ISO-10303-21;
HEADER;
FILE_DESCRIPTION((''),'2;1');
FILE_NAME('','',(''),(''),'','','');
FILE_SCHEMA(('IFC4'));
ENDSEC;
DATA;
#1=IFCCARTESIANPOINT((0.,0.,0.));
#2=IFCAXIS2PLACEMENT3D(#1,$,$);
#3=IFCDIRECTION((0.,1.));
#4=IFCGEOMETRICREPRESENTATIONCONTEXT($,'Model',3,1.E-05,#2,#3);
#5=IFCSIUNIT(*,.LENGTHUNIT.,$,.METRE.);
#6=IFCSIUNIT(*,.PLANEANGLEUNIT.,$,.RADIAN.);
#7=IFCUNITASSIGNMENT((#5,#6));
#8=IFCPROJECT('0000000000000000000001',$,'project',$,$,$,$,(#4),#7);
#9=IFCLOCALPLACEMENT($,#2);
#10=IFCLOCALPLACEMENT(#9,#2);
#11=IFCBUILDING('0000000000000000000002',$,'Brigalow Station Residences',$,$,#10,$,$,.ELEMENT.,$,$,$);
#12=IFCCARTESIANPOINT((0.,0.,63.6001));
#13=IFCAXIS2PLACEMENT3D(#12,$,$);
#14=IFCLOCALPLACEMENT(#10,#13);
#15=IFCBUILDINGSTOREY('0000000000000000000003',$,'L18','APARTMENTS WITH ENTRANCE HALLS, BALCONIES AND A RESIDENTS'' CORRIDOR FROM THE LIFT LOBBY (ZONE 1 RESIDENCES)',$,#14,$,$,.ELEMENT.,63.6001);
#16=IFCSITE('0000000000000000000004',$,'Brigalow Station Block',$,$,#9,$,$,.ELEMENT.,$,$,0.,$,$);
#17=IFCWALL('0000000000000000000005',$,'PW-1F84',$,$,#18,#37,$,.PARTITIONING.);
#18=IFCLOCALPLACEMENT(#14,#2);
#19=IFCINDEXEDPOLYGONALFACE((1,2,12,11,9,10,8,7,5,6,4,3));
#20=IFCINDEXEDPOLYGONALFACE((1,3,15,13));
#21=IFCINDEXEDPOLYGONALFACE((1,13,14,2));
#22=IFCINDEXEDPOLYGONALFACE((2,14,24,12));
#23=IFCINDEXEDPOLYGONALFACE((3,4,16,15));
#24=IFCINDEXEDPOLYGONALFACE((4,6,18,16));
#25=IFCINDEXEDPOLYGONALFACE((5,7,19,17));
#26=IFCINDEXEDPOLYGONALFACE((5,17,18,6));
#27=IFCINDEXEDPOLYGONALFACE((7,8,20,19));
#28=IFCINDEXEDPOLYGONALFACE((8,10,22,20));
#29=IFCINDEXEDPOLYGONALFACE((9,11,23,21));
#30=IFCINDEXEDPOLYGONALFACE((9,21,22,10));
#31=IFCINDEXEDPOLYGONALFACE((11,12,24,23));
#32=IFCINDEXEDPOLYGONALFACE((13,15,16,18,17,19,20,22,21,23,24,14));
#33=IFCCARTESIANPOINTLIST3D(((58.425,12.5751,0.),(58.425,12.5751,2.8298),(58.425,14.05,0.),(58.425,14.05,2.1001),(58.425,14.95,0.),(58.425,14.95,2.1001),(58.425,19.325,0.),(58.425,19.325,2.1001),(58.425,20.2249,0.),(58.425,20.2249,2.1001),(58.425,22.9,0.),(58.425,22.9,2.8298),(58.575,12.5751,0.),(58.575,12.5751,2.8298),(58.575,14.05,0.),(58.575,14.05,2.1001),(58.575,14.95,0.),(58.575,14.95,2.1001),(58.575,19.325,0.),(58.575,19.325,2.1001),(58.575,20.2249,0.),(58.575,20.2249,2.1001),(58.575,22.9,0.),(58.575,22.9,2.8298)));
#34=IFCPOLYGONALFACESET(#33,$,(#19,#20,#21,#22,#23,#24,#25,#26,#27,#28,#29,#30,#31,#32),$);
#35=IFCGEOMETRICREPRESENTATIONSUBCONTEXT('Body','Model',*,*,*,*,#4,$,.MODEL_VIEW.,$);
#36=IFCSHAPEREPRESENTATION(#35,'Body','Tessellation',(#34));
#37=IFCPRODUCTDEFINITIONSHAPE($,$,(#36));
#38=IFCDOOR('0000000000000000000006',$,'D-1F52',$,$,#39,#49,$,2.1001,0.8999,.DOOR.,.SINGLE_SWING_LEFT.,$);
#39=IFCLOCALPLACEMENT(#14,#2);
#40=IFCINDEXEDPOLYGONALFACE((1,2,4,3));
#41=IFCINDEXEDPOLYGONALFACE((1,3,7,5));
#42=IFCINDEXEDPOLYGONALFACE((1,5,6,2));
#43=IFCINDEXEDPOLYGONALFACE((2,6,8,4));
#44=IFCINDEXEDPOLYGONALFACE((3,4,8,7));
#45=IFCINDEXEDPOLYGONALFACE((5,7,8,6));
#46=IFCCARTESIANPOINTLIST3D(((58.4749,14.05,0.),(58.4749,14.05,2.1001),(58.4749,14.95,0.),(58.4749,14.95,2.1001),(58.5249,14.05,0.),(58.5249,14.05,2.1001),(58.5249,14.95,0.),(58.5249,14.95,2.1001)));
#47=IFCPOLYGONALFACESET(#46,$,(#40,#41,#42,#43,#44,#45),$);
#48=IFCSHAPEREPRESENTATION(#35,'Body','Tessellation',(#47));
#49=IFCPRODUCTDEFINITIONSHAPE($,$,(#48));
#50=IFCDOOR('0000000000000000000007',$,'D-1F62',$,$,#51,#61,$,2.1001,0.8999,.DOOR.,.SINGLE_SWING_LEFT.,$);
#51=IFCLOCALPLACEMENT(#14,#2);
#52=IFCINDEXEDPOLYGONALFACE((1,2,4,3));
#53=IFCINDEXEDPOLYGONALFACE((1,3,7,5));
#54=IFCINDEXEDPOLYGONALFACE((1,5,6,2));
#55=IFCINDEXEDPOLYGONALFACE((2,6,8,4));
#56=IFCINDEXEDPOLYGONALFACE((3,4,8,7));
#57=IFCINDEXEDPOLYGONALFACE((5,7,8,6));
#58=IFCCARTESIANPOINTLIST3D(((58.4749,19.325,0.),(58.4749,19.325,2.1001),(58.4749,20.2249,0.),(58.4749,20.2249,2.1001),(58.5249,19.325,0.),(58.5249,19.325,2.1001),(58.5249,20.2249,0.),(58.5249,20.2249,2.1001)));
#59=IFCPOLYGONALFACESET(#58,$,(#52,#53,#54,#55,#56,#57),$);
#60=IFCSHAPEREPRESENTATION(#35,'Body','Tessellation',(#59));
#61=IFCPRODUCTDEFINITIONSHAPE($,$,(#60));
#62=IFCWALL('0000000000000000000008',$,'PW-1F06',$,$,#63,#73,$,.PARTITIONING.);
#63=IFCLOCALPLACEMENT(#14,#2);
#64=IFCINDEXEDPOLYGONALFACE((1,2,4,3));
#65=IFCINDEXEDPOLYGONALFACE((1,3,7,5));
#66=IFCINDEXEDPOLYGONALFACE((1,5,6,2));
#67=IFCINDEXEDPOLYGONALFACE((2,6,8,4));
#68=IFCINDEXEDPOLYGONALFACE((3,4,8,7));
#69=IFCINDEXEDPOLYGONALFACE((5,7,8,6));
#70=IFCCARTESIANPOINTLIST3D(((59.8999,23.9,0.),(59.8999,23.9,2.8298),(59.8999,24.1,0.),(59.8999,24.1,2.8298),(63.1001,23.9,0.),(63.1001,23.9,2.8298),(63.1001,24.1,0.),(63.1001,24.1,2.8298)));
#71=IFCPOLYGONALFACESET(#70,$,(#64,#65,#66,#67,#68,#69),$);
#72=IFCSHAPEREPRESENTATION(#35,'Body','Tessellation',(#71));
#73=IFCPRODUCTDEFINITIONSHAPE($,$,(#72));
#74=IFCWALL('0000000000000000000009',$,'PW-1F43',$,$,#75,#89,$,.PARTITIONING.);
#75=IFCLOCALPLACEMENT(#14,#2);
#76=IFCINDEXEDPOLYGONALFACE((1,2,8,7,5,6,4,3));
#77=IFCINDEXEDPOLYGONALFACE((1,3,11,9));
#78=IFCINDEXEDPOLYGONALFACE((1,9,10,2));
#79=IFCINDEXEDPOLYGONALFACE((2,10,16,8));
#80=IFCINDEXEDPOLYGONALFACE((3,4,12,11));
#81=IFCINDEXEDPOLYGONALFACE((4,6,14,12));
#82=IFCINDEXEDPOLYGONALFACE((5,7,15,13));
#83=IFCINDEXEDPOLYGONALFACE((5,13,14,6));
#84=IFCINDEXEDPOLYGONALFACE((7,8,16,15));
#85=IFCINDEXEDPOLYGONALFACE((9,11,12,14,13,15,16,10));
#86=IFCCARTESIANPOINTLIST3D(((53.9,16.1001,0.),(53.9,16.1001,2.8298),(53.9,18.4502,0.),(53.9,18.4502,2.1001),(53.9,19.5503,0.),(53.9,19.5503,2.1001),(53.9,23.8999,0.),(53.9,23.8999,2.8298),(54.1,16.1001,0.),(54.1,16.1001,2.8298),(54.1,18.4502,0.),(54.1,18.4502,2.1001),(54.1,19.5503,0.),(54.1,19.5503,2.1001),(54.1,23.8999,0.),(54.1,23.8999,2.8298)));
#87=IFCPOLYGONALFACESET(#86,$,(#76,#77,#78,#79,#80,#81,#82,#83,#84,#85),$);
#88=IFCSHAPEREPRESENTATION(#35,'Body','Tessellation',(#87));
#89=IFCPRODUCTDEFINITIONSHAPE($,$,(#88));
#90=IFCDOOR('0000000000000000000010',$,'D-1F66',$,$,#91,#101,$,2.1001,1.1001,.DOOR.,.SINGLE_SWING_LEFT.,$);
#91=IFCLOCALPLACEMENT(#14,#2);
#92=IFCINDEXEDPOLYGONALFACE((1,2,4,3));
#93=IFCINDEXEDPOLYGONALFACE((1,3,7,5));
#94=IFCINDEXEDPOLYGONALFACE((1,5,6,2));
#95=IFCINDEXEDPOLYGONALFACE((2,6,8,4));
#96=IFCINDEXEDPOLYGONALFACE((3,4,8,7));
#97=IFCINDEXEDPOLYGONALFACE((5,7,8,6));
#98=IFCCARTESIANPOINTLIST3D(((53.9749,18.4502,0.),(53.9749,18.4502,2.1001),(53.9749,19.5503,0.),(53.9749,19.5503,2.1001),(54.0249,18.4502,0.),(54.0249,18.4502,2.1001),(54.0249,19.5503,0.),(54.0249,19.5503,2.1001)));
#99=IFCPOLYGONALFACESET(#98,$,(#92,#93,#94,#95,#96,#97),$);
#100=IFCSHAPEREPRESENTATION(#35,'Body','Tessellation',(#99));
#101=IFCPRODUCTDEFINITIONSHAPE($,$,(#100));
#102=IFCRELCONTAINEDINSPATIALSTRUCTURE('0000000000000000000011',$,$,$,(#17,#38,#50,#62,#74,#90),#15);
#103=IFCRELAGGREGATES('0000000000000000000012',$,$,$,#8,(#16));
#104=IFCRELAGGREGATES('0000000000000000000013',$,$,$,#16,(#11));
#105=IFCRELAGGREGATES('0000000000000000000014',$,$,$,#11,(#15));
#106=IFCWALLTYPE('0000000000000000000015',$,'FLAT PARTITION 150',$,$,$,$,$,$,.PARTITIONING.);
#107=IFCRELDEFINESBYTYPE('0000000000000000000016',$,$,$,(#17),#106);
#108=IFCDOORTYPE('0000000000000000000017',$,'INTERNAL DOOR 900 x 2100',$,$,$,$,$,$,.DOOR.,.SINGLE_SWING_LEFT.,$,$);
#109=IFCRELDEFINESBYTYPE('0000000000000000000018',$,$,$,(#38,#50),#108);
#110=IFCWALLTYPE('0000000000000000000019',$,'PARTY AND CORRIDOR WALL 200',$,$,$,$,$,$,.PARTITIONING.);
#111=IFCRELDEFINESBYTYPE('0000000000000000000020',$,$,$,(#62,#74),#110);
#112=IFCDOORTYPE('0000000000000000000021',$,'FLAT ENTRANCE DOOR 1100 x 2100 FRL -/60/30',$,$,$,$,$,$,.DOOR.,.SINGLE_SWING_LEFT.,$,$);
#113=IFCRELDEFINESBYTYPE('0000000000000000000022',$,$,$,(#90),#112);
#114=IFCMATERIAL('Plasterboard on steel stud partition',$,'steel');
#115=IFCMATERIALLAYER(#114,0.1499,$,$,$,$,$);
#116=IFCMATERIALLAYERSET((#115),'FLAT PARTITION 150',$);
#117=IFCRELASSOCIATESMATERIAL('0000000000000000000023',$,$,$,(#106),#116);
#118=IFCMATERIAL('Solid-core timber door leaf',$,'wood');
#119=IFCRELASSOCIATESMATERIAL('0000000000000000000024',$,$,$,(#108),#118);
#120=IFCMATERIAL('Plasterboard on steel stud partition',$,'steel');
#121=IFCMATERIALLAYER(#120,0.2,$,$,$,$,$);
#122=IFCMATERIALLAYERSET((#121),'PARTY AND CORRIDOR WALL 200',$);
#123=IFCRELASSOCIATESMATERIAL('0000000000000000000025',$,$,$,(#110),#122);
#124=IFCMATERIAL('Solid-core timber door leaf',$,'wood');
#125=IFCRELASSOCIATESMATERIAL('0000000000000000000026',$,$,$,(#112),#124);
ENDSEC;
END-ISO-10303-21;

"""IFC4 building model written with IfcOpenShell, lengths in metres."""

from ifc_helpers import new_model, si_unit, direction, frame, frame_2d, origin, place, context, subcontext, project, spatial, rectangle, extrude, material, layer, layer_set, type_object, element, fill, save


model = new_model("IFC4")

# Units and contexts
model_context = context("Model", 3, precision=1e-05, world=origin(), true_north=direction((0.0, 1.0)))
body_context = subcontext(model_context, "Body", "Model", "MODEL_VIEW")
ifc_project = project(units=[si_unit("LENGTHUNIT", "METRE"), si_unit("PLANEANGLEUNIT", "RADIAN")], contexts=[model_context])

# Site, building, storey
site_placement = place(None, origin())
site = spatial("IfcSite", under=ifc_project, at=site_placement, Name="Brigalow Station Block", CompositionType="ELEMENT", RefElevation=0.0)
building_placement = place(site_placement, origin())
building = spatial("IfcBuilding", under=site, at=building_placement, Name="Brigalow Station Residences", CompositionType="ELEMENT")
storey_placement = place(building_placement, frame((0.0, 0.0, 63.6001)))
storey = spatial("IfcBuildingStorey", under=building, at=storey_placement, Name="L18", Description="APARTMENTS WITH ENTRANCE HALLS, BALCONIES AND A RESIDENTS' CORRIDOR FROM THE LIFT LOBBY (ZONE 1 RESIDENCES)", CompositionType="ELEMENT", Elevation=63.6001)

# Shared definitions
ifc_material_1 = material(Name="Plasterboard on steel stud partition", Category="steel")
ifc_layer_1 = layer(ifc_material_1, 0.1499)
ifc_layer_set_1 = layer_set([ifc_layer_1], Name="FLAT PARTITION 150")
wall_type_1 = type_object("IfcWallType", Name="FLAT PARTITION 150", PredefinedType="PARTITIONING", material=ifc_layer_set_1)

# Shared definitions
ifc_material_2 = material(Name="Solid-core timber door leaf", Category="wood")
door_type_1 = type_object("IfcDoorType", Name="INTERNAL DOOR 900 x 2100", OperationType="SINGLE_SWING_LEFT", PredefinedType="DOOR", material=ifc_material_2)

# Wall, openings, doors
wall_1_placement = place(storey_placement, frame((58.5, 12.575, 0.0), z_axis=(0.0, 0.0, 1.0), x_axis=(0.0, 1.0, 0.0)))
wall_1 = element("IfcWall", 1, at=wall_1_placement, inside=storey, type_object=wall_type_1, Name="PW-1F84", PredefinedType="PARTITIONING", context=body_context, shape_type="SweptSolid", body=[
    extrude(rectangle(XDim=10.325, YDim=0.1499, at=frame_2d((5.1626, 0.0))), origin(), (0.0, 0.0, 1.0), 2.8298),
])
opening_1_placement = place(wall_1_placement, frame((1.4751, 0.0, 0.0)))
opening_1 = element("IfcOpeningElement", 2, at=opening_1_placement, cuts=wall_1, PredefinedType="OPENING", context=body_context, shape_type="SweptSolid", body=[
    extrude(rectangle(XDim=0.8999, YDim=2.1001, at=frame_2d((0.45, 1.05))), frame((0.0, 0.085, 0.0), z_axis=(0.0, -1.0, 0.0), x_axis=(1.0, 0.0, 0.0)), (0.0, 0.0, 1.0), 0.1699),
])
opening_2_placement = place(wall_1_placement, frame((6.75, 0.0, 0.0)))
opening_2 = element("IfcOpeningElement", 3, at=opening_2_placement, cuts=wall_1, PredefinedType="OPENING", context=body_context, shape_type="SweptSolid", body=[
    extrude(rectangle(XDim=0.8999, YDim=2.1001, at=frame_2d((0.45, 1.05))), frame((0.0, 0.085, 0.0), z_axis=(0.0, -1.0, 0.0), x_axis=(1.0, 0.0, 0.0)), (0.0, 0.0, 1.0), 0.1699),
])
door_1_placement = place(opening_1_placement, frame((0.8999, 0.0, 0.0), z_axis=(0.0, 0.0, 1.0), x_axis=(-1.0, 0.0, 0.0)))
door_1 = element("IfcDoor", 4, at=door_1_placement, inside=storey, type_object=door_type_1, Name="D-1F52", OperationType="SINGLE_SWING_LEFT", OverallHeight=2.1001, OverallWidth=0.8999, PredefinedType="DOOR", context=body_context, shape_type="SweptSolid", body=[
    extrude(rectangle(XDim=0.8999, YDim=2.1001, at=frame_2d((0.45, 1.05))), frame((0.0, 0.0249, 0.0), z_axis=(0.0, -1.0, 0.0), x_axis=(1.0, 0.0, 0.0)), (0.0, 0.0, 1.0), 0.05),
])
fill(opening_1, door_1)
door_2_placement = place(opening_2_placement, frame((0.8999, 0.0, 0.0), z_axis=(0.0, 0.0, 1.0), x_axis=(-1.0, 0.0, 0.0)))
door_2 = element("IfcDoor", 5, at=door_2_placement, inside=storey, type_object=door_type_1, Name="D-1F62", OperationType="SINGLE_SWING_LEFT", OverallHeight=2.1001, OverallWidth=0.8999, PredefinedType="DOOR", context=body_context, shape_type="SweptSolid", body=[
    extrude(rectangle(XDim=0.8999, YDim=2.1001, at=frame_2d((0.45, 1.05))), frame((0.0, 0.0249, 0.0), z_axis=(0.0, -1.0, 0.0), x_axis=(1.0, 0.0, 0.0)), (0.0, 0.0, 1.0), 0.05),
])
fill(opening_2, door_2)

# Wall
ifc_material_3 = material(Name="Plasterboard on steel stud partition", Category="steel")
ifc_layer_2 = layer(ifc_material_3, 0.2)
ifc_layer_set_2 = layer_set([ifc_layer_2], Name="PARTY AND CORRIDOR WALL 200")
wall_type_2 = type_object("IfcWallType", Name="PARTY AND CORRIDOR WALL 200", PredefinedType="PARTITIONING", material=ifc_layer_set_2)
wall_2_placement = place(storey_placement, frame((59.8999, 24.0, 0.0), z_axis=(0.0, 0.0, 1.0), x_axis=(1.0, 0.0, 0.0)))
element("IfcWall", 6, at=wall_2_placement, inside=storey, type_object=wall_type_2, Name="PW-1F06", PredefinedType="PARTITIONING", context=body_context, shape_type="SweptSolid", body=[
    extrude(rectangle(XDim=3.2002, YDim=0.2, at=frame_2d((1.6001, 0.0))), origin(), (0.0, 0.0, 1.0), 2.8298),
])

# Wall, opening, door
wall_3_placement = place(storey_placement, frame((54.0, 16.1001, 0.0), z_axis=(0.0, 0.0, 1.0), x_axis=(0.0, 1.0, 0.0)))
wall_3 = element("IfcWall", 7, at=wall_3_placement, inside=storey, type_object=wall_type_2, Name="PW-1F43", PredefinedType="PARTITIONING", context=body_context, shape_type="SweptSolid", body=[
    extrude(rectangle(XDim=7.7998, YDim=0.2, at=frame_2d((3.8999, 0.0))), origin(), (0.0, 0.0, 1.0), 2.8298),
])
opening_3_placement = place(wall_3_placement, frame((2.3501, 0.0, 0.0)))
opening_3 = element("IfcOpeningElement", 8, at=opening_3_placement, cuts=wall_3, PredefinedType="OPENING", context=body_context, shape_type="SweptSolid", body=[
    extrude(rectangle(XDim=1.1001, YDim=2.1001, at=frame_2d((0.55, 1.05))), frame((0.0, 0.1099, 0.0), z_axis=(0.0, -1.0, 0.0), x_axis=(1.0, 0.0, 0.0)), (0.0, 0.0, 1.0), 0.22),
])
ifc_material_4 = material(Name="Solid-core timber door leaf", Category="wood")
door_type_2 = type_object("IfcDoorType", Name="FLAT ENTRANCE DOOR 1100 x 2100 FRL -/60/30", OperationType="SINGLE_SWING_LEFT", PredefinedType="DOOR", material=ifc_material_4)
door_3_placement = place(opening_3_placement, frame((1.1001, 0.0, 0.0), z_axis=(0.0, 0.0, 1.0), x_axis=(-1.0, 0.0, 0.0)))
door_3 = element("IfcDoor", 9, at=door_3_placement, inside=storey, type_object=door_type_2, Name="D-1F66", OperationType="SINGLE_SWING_LEFT", OverallHeight=2.1001, OverallWidth=1.1001, PredefinedType="DOOR", context=body_context, shape_type="SweptSolid", body=[
    extrude(rectangle(XDim=1.1001, YDim=2.1001, at=frame_2d((0.55, 1.05))), frame((0.0, 0.0249, 0.0), z_axis=(0.0, -1.0, 0.0), x_axis=(1.0, 0.0, 0.0)), (0.0, 0.0, 1.0), 0.05),
])
fill(opening_3, door_3)

save(model, "model.ifc")
